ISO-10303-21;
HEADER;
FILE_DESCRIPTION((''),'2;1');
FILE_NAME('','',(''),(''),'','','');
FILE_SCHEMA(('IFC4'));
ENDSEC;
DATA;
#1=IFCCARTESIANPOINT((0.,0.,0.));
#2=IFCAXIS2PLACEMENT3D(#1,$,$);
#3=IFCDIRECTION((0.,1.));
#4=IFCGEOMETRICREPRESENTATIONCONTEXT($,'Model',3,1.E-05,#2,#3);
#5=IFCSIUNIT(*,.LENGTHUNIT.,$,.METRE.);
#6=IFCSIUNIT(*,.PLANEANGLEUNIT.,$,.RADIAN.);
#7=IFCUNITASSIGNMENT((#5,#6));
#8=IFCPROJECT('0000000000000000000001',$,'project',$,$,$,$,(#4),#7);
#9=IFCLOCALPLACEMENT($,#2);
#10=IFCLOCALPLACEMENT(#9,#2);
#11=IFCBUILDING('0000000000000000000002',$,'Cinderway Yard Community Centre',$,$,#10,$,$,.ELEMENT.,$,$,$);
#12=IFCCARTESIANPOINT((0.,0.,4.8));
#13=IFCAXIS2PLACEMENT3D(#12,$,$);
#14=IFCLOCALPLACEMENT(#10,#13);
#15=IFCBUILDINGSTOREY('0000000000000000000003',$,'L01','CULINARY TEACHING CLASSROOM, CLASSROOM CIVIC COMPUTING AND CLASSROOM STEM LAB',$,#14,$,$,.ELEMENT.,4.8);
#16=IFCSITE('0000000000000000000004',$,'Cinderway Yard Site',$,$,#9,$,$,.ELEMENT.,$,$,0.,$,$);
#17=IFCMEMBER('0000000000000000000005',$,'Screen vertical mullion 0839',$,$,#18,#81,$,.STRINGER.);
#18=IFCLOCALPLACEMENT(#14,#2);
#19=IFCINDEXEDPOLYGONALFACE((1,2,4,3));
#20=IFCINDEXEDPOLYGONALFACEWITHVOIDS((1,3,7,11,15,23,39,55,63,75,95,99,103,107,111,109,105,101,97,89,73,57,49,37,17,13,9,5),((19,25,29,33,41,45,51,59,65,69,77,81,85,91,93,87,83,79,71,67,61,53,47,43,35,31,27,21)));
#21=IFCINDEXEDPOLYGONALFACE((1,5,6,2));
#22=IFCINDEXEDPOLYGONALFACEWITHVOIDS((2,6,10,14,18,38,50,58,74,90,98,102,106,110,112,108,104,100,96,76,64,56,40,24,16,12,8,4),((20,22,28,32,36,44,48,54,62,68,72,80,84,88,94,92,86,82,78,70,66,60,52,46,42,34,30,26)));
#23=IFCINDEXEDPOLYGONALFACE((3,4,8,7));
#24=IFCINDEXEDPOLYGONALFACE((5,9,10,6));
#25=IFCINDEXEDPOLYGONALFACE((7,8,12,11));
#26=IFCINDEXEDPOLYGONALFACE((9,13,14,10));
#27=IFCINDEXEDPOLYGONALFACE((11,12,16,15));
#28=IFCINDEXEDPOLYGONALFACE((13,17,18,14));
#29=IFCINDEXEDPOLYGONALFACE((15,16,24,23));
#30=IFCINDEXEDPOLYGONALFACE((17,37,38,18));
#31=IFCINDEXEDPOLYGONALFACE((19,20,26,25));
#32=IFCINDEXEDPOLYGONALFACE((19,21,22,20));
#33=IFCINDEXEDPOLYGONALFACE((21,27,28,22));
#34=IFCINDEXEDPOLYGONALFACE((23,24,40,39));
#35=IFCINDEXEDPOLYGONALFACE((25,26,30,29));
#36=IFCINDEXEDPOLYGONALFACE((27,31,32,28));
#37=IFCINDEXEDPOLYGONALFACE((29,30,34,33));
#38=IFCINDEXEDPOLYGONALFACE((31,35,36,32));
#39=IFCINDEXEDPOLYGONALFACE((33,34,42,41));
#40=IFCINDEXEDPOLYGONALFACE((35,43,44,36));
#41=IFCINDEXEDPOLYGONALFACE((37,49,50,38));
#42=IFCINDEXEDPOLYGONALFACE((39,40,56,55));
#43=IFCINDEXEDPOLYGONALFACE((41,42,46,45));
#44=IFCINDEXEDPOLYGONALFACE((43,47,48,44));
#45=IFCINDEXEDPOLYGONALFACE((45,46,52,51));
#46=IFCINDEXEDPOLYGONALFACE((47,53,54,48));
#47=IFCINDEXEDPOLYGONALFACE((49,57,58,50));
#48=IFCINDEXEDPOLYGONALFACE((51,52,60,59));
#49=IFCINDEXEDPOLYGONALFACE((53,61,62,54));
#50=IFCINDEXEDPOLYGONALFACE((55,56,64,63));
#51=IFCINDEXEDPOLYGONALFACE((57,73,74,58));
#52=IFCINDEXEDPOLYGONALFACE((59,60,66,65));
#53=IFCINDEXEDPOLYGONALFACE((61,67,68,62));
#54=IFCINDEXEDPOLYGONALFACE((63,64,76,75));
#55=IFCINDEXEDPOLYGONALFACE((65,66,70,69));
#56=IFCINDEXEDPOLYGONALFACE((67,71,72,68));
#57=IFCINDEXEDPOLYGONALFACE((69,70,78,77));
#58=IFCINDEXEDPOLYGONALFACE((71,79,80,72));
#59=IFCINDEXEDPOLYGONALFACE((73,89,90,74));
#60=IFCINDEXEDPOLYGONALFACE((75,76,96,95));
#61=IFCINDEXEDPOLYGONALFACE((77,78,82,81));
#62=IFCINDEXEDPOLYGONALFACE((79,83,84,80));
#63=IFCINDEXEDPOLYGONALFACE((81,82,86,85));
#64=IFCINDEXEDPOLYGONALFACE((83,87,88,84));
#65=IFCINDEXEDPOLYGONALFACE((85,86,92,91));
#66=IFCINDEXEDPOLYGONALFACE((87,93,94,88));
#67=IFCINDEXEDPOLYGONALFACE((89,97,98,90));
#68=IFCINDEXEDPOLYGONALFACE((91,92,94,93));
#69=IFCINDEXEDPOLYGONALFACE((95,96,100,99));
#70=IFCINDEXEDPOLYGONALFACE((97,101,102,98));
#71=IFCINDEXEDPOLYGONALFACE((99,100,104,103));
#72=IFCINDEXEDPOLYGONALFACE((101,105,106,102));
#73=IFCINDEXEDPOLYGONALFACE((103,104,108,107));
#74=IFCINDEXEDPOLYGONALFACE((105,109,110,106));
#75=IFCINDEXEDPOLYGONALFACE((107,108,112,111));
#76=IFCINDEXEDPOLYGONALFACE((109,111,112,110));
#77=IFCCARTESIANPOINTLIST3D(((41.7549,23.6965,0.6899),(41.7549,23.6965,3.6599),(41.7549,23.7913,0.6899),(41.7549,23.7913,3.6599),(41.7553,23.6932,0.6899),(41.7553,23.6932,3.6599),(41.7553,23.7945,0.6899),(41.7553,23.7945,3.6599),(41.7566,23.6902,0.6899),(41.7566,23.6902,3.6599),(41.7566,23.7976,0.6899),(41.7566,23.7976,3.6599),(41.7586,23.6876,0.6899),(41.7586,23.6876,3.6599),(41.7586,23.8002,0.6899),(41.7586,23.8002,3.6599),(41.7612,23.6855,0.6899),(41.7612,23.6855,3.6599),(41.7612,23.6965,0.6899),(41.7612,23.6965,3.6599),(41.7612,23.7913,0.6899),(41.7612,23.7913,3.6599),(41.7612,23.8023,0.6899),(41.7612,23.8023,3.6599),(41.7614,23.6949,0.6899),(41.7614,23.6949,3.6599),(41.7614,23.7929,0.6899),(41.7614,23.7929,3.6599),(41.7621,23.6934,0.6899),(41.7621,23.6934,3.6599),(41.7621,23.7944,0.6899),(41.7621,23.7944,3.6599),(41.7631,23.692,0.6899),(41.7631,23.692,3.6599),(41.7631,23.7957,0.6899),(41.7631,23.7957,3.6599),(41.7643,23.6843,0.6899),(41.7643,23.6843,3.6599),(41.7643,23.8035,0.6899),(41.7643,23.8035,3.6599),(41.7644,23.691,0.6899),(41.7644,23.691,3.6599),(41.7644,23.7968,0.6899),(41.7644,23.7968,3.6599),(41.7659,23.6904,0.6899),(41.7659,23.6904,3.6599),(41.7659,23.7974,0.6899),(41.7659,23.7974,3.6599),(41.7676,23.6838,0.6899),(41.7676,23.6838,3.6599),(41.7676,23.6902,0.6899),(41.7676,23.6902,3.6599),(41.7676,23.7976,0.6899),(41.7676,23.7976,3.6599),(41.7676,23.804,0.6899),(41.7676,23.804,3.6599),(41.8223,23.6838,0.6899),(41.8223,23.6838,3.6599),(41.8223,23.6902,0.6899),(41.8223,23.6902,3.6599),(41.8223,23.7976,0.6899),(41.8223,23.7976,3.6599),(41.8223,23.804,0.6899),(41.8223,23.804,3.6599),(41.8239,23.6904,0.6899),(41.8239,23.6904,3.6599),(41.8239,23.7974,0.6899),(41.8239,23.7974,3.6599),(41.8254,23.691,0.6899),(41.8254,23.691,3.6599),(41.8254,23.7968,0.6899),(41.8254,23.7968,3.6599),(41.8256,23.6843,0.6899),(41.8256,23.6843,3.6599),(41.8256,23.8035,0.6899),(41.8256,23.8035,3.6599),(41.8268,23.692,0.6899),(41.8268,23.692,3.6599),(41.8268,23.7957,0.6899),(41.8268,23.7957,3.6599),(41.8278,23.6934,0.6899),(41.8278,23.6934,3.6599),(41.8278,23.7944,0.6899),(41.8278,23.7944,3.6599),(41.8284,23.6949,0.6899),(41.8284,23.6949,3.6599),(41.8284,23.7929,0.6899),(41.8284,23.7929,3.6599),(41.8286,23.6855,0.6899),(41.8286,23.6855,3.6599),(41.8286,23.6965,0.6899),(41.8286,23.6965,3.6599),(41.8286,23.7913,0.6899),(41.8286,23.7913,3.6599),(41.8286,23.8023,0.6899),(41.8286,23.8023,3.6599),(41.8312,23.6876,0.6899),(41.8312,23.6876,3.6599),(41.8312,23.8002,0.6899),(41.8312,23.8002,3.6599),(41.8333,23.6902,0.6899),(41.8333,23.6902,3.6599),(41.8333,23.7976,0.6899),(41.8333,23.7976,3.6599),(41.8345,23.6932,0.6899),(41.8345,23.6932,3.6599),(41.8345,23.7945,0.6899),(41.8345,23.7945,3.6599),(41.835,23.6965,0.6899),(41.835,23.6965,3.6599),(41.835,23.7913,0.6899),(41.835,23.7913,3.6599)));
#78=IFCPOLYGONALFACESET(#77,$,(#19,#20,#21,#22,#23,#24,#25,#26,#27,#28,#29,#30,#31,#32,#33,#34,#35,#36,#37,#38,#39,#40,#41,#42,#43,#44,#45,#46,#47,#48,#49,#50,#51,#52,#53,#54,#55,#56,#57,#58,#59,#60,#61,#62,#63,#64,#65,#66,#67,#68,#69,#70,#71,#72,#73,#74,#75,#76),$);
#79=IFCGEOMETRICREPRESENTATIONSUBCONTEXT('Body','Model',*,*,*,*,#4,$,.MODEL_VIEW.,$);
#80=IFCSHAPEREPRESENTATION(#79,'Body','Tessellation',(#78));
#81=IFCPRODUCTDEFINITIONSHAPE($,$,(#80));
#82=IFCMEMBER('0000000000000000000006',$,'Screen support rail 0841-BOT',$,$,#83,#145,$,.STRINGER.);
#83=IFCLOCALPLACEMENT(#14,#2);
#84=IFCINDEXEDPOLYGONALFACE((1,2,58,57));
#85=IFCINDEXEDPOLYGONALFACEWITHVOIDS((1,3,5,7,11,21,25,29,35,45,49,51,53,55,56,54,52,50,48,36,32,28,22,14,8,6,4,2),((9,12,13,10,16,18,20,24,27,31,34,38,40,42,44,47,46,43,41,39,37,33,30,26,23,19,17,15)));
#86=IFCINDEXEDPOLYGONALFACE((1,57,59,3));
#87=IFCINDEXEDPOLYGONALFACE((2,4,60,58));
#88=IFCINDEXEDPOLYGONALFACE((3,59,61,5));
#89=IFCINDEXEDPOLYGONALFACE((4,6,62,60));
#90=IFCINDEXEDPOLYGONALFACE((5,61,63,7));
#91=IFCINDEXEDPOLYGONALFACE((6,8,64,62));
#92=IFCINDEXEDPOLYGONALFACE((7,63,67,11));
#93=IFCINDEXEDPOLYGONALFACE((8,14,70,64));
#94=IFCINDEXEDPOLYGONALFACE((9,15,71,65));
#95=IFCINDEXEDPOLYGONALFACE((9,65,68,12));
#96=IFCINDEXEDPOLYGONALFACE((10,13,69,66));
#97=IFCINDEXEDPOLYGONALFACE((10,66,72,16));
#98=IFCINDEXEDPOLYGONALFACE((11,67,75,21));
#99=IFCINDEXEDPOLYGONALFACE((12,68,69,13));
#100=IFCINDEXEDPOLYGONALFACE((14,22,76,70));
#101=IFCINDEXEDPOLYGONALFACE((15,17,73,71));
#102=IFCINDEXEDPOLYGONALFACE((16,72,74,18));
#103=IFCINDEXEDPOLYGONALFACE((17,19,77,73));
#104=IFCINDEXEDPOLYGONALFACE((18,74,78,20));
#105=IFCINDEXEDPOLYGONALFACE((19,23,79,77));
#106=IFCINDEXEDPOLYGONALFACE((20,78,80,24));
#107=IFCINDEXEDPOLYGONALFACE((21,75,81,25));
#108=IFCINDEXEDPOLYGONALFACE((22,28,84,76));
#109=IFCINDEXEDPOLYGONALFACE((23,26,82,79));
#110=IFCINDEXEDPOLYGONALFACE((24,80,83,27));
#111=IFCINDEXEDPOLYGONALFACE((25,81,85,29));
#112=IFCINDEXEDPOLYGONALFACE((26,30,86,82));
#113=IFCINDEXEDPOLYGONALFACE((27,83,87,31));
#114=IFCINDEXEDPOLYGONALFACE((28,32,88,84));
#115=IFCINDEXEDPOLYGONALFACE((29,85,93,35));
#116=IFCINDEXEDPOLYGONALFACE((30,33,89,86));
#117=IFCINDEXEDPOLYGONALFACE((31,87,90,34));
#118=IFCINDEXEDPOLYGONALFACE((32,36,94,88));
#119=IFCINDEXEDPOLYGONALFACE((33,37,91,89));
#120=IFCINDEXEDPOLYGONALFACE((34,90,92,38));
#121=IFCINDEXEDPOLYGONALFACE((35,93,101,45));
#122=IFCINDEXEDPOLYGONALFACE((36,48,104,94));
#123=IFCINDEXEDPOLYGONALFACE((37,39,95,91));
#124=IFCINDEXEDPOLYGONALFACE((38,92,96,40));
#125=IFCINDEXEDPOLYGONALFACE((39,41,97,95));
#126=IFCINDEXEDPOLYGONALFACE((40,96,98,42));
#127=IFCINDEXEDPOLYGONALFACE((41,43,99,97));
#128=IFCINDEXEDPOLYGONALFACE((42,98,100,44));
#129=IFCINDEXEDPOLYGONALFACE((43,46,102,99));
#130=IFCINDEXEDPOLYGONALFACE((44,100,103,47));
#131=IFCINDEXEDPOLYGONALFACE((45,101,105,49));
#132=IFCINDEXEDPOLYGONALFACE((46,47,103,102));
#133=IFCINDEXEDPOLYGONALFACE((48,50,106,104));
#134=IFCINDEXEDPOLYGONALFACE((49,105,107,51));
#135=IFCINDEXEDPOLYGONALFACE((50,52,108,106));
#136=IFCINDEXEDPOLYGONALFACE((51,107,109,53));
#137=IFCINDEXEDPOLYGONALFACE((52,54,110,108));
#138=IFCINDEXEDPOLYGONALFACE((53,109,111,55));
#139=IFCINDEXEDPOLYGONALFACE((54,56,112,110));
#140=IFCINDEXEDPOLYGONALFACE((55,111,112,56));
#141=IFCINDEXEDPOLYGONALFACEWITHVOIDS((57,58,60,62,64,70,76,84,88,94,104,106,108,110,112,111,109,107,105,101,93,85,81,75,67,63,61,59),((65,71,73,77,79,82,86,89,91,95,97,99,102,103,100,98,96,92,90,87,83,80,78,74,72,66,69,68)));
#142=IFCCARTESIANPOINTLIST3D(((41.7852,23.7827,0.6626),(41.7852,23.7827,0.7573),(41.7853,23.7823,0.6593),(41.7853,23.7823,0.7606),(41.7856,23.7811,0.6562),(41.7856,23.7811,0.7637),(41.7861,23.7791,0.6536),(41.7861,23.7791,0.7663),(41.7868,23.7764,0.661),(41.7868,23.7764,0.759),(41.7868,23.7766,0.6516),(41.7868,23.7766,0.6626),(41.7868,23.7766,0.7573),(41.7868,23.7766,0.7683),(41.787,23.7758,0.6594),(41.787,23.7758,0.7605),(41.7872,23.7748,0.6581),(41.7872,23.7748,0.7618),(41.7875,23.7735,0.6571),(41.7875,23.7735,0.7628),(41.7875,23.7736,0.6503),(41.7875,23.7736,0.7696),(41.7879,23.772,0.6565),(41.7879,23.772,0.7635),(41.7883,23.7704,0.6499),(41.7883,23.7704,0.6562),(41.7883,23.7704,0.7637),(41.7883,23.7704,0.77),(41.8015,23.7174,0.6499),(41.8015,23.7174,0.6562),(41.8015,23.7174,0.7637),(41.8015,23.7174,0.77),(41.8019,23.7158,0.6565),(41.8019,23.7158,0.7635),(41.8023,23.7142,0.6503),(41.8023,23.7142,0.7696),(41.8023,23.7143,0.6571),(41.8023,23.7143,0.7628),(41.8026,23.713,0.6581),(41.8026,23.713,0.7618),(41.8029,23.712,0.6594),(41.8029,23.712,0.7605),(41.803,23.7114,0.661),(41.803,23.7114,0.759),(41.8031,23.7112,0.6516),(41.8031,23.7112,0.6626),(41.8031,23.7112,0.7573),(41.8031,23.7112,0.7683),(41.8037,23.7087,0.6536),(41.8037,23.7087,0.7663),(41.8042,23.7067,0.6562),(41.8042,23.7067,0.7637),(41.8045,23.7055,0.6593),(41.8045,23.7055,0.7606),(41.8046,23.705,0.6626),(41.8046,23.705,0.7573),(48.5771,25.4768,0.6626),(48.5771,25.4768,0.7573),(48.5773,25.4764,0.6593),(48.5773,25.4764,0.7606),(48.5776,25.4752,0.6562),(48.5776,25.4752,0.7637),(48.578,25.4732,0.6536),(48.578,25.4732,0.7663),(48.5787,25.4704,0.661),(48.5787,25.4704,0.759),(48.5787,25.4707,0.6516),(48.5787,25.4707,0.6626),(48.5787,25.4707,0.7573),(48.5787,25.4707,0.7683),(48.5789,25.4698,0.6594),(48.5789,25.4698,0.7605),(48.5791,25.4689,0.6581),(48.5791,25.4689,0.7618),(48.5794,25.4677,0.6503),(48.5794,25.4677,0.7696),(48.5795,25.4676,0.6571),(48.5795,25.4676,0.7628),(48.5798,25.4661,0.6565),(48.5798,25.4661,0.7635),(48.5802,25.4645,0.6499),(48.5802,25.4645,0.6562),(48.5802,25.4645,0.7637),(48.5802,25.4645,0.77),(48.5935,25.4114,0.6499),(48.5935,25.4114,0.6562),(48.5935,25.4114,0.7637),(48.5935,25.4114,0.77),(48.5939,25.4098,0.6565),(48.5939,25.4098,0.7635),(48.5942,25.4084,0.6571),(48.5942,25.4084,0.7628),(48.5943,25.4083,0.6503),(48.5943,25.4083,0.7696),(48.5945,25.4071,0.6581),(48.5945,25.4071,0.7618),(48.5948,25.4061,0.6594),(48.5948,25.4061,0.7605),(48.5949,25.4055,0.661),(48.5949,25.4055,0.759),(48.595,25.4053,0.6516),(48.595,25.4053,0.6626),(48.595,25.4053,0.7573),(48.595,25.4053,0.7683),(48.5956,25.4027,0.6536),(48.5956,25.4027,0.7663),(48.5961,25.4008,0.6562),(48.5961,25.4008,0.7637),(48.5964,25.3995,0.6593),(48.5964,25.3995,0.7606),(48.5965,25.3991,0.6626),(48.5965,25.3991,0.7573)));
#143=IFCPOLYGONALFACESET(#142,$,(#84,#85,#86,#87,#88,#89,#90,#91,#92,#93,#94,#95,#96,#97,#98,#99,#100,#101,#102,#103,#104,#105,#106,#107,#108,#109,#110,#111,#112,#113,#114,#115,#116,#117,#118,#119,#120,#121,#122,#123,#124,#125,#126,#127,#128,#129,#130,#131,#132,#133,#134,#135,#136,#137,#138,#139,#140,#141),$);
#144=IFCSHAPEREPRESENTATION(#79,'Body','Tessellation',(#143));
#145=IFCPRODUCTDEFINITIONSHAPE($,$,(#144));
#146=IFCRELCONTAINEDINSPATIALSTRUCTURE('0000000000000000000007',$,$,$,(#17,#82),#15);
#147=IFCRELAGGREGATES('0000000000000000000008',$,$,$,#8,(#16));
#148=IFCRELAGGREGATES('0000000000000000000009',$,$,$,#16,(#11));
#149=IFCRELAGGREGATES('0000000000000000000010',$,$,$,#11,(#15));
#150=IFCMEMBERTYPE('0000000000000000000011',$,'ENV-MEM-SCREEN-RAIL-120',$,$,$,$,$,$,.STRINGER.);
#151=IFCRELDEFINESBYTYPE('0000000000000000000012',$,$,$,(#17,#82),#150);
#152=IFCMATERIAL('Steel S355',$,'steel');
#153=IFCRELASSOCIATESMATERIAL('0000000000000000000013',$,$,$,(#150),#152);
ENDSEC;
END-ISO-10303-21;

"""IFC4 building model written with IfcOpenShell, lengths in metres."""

from ifc_helpers import new_model, si_unit, direction, frame, origin, origin_2d, place, context, subcontext, project, spatial, hollow_rectangle, extrude, material, material_profile, profile_set, type_object, element, save


model = new_model("IFC4")

# Units and contexts
model_context = context("Model", 3, precision=1e-05, world=origin(), true_north=direction((0.0, 1.0)))
body_context = subcontext(model_context, "Body", "Model", "MODEL_VIEW")
ifc_project = project(units=[si_unit("LENGTHUNIT", "METRE"), si_unit("PLANEANGLEUNIT", "RADIAN")], contexts=[model_context])

# Site, building, storey
site_placement = place(None, origin())
site = spatial("IfcSite", under=ifc_project, at=site_placement, Name="Cinderway Yard Site", CompositionType="ELEMENT", RefElevation=0.0)
building_placement = place(site_placement, origin())
building = spatial("IfcBuilding", under=site, at=building_placement, Name="Cinderway Yard Community Centre", CompositionType="ELEMENT")
storey_placement = place(building_placement, frame((0.0, 0.0, 4.8)))
storey = spatial("IfcBuildingStorey", under=building, at=storey_placement, Name="L01", Description="CULINARY TEACHING CLASSROOM, CLASSROOM CIVIC COMPUTING AND CLASSROOM STEM LAB", CompositionType="ELEMENT", Elevation=4.8)

# Members
ifc_material_1 = material(Name="Steel S355", Category="steel")
ifc_material_profile_1 = material_profile(ifc_material_1, hollow_rectangle(XDim=0.0801, YDim=0.1201, WallThickness=0.0063, InnerFilletRadius=0.0063, OuterFilletRadius=0.0127, at=origin_2d()), Name="Steel S355")
ifc_profile_set_1 = profile_set([ifc_material_profile_1], Name="Steel S355")
member_type_1 = type_object("IfcMemberType", Name="ENV-MEM-SCREEN-RAIL-120", PredefinedType="STRINGER", material=ifc_profile_set_1)
member_1_placement = place(storey_placement, frame((41.7949, 23.7439, 0.6899), z_axis=(0.0, 0.0, 1.0), x_axis=(1.0, 0.0, 0.0)))
element("IfcMember", 1, at=member_1_placement, inside=storey, type_object=member_type_1, Name="Screen vertical mullion 0839", PredefinedType="STRINGER", context=body_context, shape_type="SweptSolid", body=[
    extrude(hollow_rectangle(XDim=0.0801, YDim=0.1201, WallThickness=0.0063, InnerFilletRadius=0.0063, OuterFilletRadius=0.0127, at=origin_2d()), origin(), (0.0, 0.0, 1.0), 2.97),
])
for number, where, z_axis, x_axis, name in (
    (2, (41.7949, 23.7439, 0.71), (0.970274, 0.24201, 0.0), (-0.24201, 0.970274, 0.0), "Screen support rail 0841-BOT"),
):
    element("IfcMember", number, at=place(storey_placement, frame(where, z_axis=z_axis, x_axis=x_axis)), inside=storey, type_object=member_type_1, Name=name, PredefinedType="STRINGER", context=body_context, shape_type="SweptSolid", body=[
        extrude(hollow_rectangle(XDim=0.0801, YDim=0.1201, WallThickness=0.0063, InnerFilletRadius=0.0063, OuterFilletRadius=0.0127, at=origin_2d()), origin(), (0.0, 0.0, 1.0), 7.0),
    ])

save(model, "model.ifc")
